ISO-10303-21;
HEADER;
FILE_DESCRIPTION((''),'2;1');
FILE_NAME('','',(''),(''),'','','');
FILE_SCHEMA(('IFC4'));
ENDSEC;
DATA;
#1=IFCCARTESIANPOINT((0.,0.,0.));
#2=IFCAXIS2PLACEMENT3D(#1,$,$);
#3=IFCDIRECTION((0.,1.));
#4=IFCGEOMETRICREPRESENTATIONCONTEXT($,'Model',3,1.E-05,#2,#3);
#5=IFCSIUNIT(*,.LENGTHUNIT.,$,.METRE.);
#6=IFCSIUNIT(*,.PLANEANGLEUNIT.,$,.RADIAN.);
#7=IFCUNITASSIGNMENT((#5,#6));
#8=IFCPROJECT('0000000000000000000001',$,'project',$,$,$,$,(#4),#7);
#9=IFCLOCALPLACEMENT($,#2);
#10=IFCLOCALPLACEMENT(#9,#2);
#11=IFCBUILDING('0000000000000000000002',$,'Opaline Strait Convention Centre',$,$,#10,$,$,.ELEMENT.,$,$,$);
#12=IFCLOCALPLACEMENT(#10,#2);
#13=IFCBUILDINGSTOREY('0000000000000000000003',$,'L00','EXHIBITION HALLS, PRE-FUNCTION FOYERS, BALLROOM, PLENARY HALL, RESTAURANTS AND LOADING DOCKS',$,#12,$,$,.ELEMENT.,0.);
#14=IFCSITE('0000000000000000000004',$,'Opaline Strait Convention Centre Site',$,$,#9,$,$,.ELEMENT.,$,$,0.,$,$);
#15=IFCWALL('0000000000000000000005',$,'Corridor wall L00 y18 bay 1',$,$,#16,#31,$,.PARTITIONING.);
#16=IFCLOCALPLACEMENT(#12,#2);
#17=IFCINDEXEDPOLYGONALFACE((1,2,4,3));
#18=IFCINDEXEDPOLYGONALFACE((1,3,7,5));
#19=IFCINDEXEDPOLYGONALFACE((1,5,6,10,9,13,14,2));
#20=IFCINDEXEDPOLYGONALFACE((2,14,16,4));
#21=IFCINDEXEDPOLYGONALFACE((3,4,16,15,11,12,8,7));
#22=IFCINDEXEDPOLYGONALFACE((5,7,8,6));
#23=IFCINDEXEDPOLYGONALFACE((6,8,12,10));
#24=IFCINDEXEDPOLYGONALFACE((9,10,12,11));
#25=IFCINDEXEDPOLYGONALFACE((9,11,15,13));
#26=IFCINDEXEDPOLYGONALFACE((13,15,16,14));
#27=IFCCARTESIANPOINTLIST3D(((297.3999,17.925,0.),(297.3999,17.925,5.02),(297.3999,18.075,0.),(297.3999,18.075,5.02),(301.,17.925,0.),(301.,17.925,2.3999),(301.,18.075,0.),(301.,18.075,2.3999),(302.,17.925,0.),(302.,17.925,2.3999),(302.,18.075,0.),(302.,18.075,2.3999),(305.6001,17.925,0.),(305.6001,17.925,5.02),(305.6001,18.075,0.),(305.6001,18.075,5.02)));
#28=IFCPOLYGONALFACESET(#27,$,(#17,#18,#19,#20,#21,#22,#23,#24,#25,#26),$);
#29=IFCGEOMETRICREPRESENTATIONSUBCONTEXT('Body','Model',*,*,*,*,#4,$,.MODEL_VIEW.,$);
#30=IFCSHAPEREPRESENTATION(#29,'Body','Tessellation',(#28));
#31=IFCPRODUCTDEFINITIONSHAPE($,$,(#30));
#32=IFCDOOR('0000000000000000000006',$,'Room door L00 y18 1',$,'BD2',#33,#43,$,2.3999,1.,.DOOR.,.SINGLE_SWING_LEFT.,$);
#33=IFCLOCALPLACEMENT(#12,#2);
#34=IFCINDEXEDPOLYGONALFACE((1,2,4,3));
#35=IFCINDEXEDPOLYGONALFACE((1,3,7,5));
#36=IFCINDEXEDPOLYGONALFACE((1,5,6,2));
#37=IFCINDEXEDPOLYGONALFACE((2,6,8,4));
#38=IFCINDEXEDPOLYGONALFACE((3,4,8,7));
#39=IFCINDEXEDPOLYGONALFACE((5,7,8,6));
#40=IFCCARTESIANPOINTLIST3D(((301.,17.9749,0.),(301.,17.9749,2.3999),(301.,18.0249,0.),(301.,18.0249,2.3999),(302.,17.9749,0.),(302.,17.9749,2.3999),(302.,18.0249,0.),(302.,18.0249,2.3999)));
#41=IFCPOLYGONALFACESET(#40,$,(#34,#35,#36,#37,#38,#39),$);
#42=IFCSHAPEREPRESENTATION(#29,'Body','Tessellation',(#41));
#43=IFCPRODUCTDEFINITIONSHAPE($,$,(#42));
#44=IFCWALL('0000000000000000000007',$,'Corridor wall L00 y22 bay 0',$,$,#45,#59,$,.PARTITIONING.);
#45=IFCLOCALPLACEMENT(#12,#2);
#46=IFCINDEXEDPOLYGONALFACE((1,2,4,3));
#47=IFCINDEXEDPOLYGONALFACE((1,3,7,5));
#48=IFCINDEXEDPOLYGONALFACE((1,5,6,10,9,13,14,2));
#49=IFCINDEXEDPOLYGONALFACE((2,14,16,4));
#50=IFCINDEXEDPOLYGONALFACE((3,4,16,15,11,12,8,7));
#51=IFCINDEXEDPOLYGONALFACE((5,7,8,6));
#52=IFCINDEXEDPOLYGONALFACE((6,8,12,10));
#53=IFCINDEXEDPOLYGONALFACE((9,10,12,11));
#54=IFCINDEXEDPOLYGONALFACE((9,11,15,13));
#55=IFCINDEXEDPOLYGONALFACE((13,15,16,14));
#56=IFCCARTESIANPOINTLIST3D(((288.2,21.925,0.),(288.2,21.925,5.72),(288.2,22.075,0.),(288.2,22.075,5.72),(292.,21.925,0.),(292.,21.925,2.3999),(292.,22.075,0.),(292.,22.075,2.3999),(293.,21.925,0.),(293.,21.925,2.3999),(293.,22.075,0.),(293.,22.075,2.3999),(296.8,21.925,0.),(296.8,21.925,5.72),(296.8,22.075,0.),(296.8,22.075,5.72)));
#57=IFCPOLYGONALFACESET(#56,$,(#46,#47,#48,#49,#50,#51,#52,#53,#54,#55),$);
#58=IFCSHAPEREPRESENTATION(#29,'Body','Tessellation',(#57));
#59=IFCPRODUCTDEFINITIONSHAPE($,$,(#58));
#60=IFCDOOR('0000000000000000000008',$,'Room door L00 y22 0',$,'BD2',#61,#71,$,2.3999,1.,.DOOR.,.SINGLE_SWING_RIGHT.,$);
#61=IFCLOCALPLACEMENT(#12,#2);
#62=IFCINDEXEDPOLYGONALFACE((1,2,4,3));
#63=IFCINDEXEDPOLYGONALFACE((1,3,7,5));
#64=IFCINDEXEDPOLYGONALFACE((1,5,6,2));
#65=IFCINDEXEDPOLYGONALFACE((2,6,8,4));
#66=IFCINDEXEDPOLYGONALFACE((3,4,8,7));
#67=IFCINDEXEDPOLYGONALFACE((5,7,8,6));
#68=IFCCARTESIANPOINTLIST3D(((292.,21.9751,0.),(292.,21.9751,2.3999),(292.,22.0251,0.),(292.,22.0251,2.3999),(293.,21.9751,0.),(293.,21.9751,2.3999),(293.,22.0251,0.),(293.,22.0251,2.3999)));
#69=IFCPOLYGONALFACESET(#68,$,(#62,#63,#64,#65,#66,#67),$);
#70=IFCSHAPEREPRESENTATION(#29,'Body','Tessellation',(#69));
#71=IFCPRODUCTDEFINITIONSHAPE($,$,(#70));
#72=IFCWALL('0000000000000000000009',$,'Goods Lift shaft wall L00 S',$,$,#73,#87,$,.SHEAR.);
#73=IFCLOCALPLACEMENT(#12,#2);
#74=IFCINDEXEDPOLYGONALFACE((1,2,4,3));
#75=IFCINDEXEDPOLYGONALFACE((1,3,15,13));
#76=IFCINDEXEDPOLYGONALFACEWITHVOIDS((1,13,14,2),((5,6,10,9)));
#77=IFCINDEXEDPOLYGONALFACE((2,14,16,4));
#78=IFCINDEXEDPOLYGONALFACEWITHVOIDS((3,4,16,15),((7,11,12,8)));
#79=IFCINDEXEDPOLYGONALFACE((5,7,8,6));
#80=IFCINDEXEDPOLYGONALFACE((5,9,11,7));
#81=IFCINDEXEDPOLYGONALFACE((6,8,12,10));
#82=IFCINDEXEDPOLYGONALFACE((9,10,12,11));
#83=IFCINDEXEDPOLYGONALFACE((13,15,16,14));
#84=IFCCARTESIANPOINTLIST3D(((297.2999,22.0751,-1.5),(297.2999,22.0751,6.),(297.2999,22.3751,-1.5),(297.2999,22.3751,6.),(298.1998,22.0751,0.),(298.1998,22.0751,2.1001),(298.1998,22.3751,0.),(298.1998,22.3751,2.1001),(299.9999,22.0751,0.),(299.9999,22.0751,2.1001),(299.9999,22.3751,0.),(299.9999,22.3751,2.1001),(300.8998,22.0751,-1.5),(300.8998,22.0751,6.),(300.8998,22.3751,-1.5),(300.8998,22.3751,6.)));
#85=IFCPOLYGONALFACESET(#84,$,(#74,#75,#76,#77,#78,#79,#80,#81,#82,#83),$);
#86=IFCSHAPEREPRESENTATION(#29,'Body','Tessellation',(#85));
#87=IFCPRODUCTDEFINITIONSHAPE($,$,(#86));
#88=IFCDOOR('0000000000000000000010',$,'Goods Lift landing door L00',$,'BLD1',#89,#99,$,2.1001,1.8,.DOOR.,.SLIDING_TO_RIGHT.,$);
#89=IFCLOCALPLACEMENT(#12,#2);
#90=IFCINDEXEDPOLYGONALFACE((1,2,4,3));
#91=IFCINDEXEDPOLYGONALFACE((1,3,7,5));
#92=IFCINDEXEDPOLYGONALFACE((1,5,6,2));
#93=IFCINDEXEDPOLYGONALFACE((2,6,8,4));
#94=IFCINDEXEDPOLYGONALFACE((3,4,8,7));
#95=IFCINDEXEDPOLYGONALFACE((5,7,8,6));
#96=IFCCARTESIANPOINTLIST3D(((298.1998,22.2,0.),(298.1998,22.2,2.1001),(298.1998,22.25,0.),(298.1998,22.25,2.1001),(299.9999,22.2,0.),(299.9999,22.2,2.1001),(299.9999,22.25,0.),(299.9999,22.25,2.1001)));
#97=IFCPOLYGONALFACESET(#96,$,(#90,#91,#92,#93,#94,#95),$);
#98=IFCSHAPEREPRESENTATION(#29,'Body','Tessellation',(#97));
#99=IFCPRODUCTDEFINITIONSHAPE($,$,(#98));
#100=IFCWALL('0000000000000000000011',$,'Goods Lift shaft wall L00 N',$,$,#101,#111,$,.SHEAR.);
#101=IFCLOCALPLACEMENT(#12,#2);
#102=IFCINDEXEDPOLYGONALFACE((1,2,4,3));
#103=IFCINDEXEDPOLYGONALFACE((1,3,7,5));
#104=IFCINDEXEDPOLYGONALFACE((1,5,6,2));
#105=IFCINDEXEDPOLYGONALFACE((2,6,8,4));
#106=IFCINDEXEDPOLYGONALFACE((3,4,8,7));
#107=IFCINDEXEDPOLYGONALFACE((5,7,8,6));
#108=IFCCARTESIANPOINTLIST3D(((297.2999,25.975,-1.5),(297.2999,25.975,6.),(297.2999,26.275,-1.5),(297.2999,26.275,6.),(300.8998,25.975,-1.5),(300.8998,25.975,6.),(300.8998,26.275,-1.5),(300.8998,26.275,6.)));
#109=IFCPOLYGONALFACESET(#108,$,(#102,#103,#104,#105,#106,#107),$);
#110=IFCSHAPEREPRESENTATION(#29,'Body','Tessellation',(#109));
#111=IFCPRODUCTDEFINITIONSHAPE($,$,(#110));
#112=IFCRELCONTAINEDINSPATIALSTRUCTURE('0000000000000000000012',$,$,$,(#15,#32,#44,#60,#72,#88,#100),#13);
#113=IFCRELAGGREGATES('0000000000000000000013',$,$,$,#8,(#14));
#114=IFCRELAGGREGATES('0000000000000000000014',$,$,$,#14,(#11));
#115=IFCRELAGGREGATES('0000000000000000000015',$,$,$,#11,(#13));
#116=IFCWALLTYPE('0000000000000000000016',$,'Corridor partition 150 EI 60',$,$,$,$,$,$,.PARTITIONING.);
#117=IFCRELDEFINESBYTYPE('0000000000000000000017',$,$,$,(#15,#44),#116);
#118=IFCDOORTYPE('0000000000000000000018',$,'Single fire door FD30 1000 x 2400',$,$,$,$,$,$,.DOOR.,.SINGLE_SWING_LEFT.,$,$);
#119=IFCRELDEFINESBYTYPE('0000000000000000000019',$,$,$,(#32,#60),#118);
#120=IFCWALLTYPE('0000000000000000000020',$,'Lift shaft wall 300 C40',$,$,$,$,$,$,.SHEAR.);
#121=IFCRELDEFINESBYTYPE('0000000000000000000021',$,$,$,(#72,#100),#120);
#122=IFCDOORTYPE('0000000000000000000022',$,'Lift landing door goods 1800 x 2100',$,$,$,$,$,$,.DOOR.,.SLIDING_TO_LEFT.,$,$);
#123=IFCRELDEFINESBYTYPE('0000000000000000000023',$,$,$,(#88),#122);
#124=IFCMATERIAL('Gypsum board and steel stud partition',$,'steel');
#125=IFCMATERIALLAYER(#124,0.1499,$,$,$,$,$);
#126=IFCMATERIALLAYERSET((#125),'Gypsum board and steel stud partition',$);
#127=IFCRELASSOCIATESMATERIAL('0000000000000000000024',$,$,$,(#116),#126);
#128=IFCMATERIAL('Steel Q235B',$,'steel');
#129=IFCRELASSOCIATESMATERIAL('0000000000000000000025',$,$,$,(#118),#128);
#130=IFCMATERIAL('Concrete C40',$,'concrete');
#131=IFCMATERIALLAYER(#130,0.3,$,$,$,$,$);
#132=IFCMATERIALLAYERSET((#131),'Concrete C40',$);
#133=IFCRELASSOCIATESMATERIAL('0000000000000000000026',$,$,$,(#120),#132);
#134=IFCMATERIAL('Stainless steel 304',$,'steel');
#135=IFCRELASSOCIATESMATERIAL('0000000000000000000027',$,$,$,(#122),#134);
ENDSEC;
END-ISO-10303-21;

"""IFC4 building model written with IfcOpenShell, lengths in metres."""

from ifc_helpers import new_model, si_unit, direction, frame, frame_2d, origin, place, context, subcontext, project, spatial, rectangle, extrude, material, layer, layer_set, type_object, element, fill, save


model = new_model("IFC4")

# Units and contexts
model_context = context("Model", 3, precision=1e-05, world=origin(), true_north=direction((0.0, 1.0)))
body_context = subcontext(model_context, "Body", "Model", "MODEL_VIEW")
ifc_project = project(units=[si_unit("LENGTHUNIT", "METRE"), si_unit("PLANEANGLEUNIT", "RADIAN")], contexts=[model_context])

# Site, building, storey
site_placement = place(None, origin())
site = spatial("IfcSite", under=ifc_project, at=site_placement, Name="Opaline Strait Convention Centre Site", CompositionType="ELEMENT", RefElevation=0.0)
building_placement = place(site_placement, origin())
building = spatial("IfcBuilding", under=site, at=building_placement, Name="Opaline Strait Convention Centre", CompositionType="ELEMENT")
storey_placement = place(building_placement, origin())
storey = spatial("IfcBuildingStorey", under=building, at=storey_placement, Name="L00", Description="EXHIBITION HALLS, PRE-FUNCTION FOYERS, BALLROOM, PLENARY HALL, RESTAURANTS AND LOADING DOCKS", CompositionType="ELEMENT", Elevation=0.0)

# Shared definitions
ifc_material_1 = material(Name="Concrete C40", Category="concrete")

# Walls, openings, doors
ifc_material_2 = material(Name="Steel Q235B", Category="steel")
ifc_material_3 = material(Name="Gypsum board and steel stud partition", Category="steel")
ifc_layer_1 = layer(ifc_material_3, 0.1499)
ifc_layer_set_1 = layer_set([ifc_layer_1], Name="Gypsum board and steel stud partition")
wall_type_1 = type_object("IfcWallType", Name="Corridor partition 150 EI 60", PredefinedType="PARTITIONING", material=ifc_layer_set_1)
wall_1_placement = place(storey_placement, frame((297.3999, 18.0, 0.0), z_axis=(0.0, 0.0, 1.0), x_axis=(1.0, 0.0, 0.0)))
wall_1 = element("IfcWall", 1, at=wall_1_placement, inside=storey, type_object=wall_type_1, Name="Corridor wall L00 y18 bay 1", PredefinedType="PARTITIONING", context=body_context, shape_type="SweptSolid", body=[
    extrude(rectangle(XDim=8.2002, YDim=0.1499, at=frame_2d((4.1001, 0.0))), origin(), (0.0, 0.0, 1.0), 5.02),
])
opening_1_placement = place(wall_1_placement, frame((3.6001, 0.0, 0.0)))
opening_1 = element("IfcOpeningElement", 2, at=opening_1_placement, cuts=wall_1, PredefinedType="OPENING", context=body_context, shape_type="SweptSolid", body=[
    extrude(rectangle(XDim=1.0, YDim=2.3999, at=frame_2d((0.5, 1.2))), frame((0.0, 0.085, 0.0), z_axis=(0.0, -1.0, 0.0), x_axis=(1.0, 0.0, 0.0)), (0.0, 0.0, 1.0), 0.1699),
])
door_type_1 = type_object("IfcDoorType", Name="Single fire door FD30 1000 x 2400", OperationType="SINGLE_SWING_LEFT", PredefinedType="DOOR", material=ifc_material_2)
door_1_placement = place(opening_1_placement, origin())
door_1 = element("IfcDoor", 3, at=door_1_placement, inside=storey, type_object=door_type_1, Name="Room door L00 y18 1", ObjectType="BD2", OperationType="SINGLE_SWING_LEFT", OverallHeight=2.3999, OverallWidth=1.0, PredefinedType="DOOR", context=body_context, shape_type="SweptSolid", body=[
    extrude(rectangle(XDim=1.0, YDim=2.3999, at=frame_2d((0.5, 1.2))), frame((0.0, 0.0249, 0.0), z_axis=(0.0, -1.0, 0.0), x_axis=(1.0, 0.0, 0.0)), (0.0, 0.0, 1.0), 0.05),
])
fill(opening_1, door_1)
wall_2_placement = place(storey_placement, frame((288.2, 22.0, 0.0), z_axis=(0.0, 0.0, 1.0), x_axis=(1.0, 0.0, 0.0)))
wall_2 = element("IfcWall", 4, at=wall_2_placement, inside=storey, type_object=wall_type_1, Name="Corridor wall L00 y22 bay 0", PredefinedType="PARTITIONING", context=body_context, shape_type="SweptSolid", body=[
    extrude(rectangle(XDim=8.6001, YDim=0.1499, at=frame_2d((4.3, 0.0))), origin(), (0.0, 0.0, 1.0), 5.72),
])
opening_2_placement = place(wall_2_placement, frame((3.8, 0.0, 0.0)))
opening_2 = element("IfcOpeningElement", 5, at=opening_2_placement, cuts=wall_2, PredefinedType="OPENING", context=body_context, shape_type="SweptSolid", body=[
    extrude(rectangle(XDim=1.0, YDim=2.3999, at=frame_2d((0.5, 1.2))), frame((0.0, 0.085, 0.0), z_axis=(0.0, -1.0, 0.0), x_axis=(1.0, 0.0, 0.0)), (0.0, 0.0, 1.0), 0.1699),
])
door_2_placement = place(opening_2_placement, frame((1.0, 0.0, 0.0), z_axis=(0.0, 0.0, 1.0), x_axis=(-1.0, 0.0, 0.0)))
door_2 = element("IfcDoor", 6, at=door_2_placement, inside=storey, type_object=door_type_1, Name="Room door L00 y22 0", ObjectType="BD2", OperationType="SINGLE_SWING_RIGHT", OverallHeight=2.3999, OverallWidth=1.0, PredefinedType="DOOR", context=body_context, shape_type="SweptSolid", body=[
    extrude(rectangle(XDim=1.0, YDim=2.3999, at=frame_2d((0.5, 1.2))), frame((0.0, 0.0249, 0.0), z_axis=(0.0, -1.0, 0.0), x_axis=(1.0, 0.0, 0.0)), (0.0, 0.0, 1.0), 0.05),
])
fill(opening_2, door_2)
ifc_layer_2 = layer(ifc_material_1, 0.3)
ifc_layer_set_2 = layer_set([ifc_layer_2], Name="Concrete C40")
wall_type_2 = type_object("IfcWallType", Name="Lift shaft wall 300 C40", PredefinedType="SHEAR", material=ifc_layer_set_2)
wall_3_placement = place(storey_placement, frame((297.3, 22.2251, -1.5), z_axis=(0.0, 0.0, 1.0), x_axis=(1.0, 0.0, 0.0)))
wall_3 = element("IfcWall", 7, at=wall_3_placement, inside=storey, type_object=wall_type_2, Name="Goods Lift shaft wall L00 S", PredefinedType="SHEAR", context=body_context, shape_type="SweptSolid", body=[
    extrude(rectangle(XDim=3.5999, YDim=0.3, at=frame_2d((1.7998, 0.0))), origin(), (0.0, 0.0, 1.0), 7.5),
])
opening_3_placement = place(wall_3_placement, frame((0.8999, 0.0, 1.5)))
opening_3 = element("IfcOpeningElement", 8, at=opening_3_placement, cuts=wall_3, PredefinedType="OPENING", context=body_context, shape_type="SweptSolid", body=[
    extrude(rectangle(XDim=1.8, YDim=2.1001, at=frame_2d((0.8999, 1.05))), frame((0.0, 0.1599, 0.0), z_axis=(0.0, -1.0, 0.0), x_axis=(1.0, 0.0, 0.0)), (0.0, 0.0, 1.0), 0.3201),
])
ifc_material_4 = material(Name="Stainless steel 304", Category="steel")
door_type_2 = type_object("IfcDoorType", Name="Lift landing door goods 1800 x 2100", OperationType="SLIDING_TO_LEFT", PredefinedType="DOOR", material=ifc_material_4)
door_3_placement = place(opening_3_placement, origin())
door_3 = element("IfcDoor", 9, at=door_3_placement, inside=storey, type_object=door_type_2, Name="Goods Lift landing door L00", ObjectType="BLD1", OperationType="SLIDING_TO_RIGHT", OverallHeight=2.1001, OverallWidth=1.8, PredefinedType="DOOR", context=body_context, shape_type="SweptSolid", body=[
    extrude(rectangle(XDim=1.8, YDim=2.1001, at=frame_2d((0.8999, 1.05))), frame((0.0, 0.0249, 0.0), z_axis=(0.0, -1.0, 0.0), x_axis=(1.0, 0.0, 0.0)), (0.0, 0.0, 1.0), 0.05),
])
fill(opening_3, door_3)

# Wall
wall_4_placement = place(storey_placement, frame((297.3, 26.125, -1.5), z_axis=(0.0, 0.0, 1.0), x_axis=(1.0, 0.0, 0.0)))
element("IfcWall", 10, at=wall_4_placement, inside=storey, type_object=wall_type_2, Name="Goods Lift shaft wall L00 N", PredefinedType="SHEAR", context=body_context, shape_type="SweptSolid", body=[
    extrude(rectangle(XDim=3.5999, YDim=0.3, at=frame_2d((1.7998, 0.0))), origin(), (0.0, 0.0, 1.0), 7.5),
])

save(model, "model.ifc")
